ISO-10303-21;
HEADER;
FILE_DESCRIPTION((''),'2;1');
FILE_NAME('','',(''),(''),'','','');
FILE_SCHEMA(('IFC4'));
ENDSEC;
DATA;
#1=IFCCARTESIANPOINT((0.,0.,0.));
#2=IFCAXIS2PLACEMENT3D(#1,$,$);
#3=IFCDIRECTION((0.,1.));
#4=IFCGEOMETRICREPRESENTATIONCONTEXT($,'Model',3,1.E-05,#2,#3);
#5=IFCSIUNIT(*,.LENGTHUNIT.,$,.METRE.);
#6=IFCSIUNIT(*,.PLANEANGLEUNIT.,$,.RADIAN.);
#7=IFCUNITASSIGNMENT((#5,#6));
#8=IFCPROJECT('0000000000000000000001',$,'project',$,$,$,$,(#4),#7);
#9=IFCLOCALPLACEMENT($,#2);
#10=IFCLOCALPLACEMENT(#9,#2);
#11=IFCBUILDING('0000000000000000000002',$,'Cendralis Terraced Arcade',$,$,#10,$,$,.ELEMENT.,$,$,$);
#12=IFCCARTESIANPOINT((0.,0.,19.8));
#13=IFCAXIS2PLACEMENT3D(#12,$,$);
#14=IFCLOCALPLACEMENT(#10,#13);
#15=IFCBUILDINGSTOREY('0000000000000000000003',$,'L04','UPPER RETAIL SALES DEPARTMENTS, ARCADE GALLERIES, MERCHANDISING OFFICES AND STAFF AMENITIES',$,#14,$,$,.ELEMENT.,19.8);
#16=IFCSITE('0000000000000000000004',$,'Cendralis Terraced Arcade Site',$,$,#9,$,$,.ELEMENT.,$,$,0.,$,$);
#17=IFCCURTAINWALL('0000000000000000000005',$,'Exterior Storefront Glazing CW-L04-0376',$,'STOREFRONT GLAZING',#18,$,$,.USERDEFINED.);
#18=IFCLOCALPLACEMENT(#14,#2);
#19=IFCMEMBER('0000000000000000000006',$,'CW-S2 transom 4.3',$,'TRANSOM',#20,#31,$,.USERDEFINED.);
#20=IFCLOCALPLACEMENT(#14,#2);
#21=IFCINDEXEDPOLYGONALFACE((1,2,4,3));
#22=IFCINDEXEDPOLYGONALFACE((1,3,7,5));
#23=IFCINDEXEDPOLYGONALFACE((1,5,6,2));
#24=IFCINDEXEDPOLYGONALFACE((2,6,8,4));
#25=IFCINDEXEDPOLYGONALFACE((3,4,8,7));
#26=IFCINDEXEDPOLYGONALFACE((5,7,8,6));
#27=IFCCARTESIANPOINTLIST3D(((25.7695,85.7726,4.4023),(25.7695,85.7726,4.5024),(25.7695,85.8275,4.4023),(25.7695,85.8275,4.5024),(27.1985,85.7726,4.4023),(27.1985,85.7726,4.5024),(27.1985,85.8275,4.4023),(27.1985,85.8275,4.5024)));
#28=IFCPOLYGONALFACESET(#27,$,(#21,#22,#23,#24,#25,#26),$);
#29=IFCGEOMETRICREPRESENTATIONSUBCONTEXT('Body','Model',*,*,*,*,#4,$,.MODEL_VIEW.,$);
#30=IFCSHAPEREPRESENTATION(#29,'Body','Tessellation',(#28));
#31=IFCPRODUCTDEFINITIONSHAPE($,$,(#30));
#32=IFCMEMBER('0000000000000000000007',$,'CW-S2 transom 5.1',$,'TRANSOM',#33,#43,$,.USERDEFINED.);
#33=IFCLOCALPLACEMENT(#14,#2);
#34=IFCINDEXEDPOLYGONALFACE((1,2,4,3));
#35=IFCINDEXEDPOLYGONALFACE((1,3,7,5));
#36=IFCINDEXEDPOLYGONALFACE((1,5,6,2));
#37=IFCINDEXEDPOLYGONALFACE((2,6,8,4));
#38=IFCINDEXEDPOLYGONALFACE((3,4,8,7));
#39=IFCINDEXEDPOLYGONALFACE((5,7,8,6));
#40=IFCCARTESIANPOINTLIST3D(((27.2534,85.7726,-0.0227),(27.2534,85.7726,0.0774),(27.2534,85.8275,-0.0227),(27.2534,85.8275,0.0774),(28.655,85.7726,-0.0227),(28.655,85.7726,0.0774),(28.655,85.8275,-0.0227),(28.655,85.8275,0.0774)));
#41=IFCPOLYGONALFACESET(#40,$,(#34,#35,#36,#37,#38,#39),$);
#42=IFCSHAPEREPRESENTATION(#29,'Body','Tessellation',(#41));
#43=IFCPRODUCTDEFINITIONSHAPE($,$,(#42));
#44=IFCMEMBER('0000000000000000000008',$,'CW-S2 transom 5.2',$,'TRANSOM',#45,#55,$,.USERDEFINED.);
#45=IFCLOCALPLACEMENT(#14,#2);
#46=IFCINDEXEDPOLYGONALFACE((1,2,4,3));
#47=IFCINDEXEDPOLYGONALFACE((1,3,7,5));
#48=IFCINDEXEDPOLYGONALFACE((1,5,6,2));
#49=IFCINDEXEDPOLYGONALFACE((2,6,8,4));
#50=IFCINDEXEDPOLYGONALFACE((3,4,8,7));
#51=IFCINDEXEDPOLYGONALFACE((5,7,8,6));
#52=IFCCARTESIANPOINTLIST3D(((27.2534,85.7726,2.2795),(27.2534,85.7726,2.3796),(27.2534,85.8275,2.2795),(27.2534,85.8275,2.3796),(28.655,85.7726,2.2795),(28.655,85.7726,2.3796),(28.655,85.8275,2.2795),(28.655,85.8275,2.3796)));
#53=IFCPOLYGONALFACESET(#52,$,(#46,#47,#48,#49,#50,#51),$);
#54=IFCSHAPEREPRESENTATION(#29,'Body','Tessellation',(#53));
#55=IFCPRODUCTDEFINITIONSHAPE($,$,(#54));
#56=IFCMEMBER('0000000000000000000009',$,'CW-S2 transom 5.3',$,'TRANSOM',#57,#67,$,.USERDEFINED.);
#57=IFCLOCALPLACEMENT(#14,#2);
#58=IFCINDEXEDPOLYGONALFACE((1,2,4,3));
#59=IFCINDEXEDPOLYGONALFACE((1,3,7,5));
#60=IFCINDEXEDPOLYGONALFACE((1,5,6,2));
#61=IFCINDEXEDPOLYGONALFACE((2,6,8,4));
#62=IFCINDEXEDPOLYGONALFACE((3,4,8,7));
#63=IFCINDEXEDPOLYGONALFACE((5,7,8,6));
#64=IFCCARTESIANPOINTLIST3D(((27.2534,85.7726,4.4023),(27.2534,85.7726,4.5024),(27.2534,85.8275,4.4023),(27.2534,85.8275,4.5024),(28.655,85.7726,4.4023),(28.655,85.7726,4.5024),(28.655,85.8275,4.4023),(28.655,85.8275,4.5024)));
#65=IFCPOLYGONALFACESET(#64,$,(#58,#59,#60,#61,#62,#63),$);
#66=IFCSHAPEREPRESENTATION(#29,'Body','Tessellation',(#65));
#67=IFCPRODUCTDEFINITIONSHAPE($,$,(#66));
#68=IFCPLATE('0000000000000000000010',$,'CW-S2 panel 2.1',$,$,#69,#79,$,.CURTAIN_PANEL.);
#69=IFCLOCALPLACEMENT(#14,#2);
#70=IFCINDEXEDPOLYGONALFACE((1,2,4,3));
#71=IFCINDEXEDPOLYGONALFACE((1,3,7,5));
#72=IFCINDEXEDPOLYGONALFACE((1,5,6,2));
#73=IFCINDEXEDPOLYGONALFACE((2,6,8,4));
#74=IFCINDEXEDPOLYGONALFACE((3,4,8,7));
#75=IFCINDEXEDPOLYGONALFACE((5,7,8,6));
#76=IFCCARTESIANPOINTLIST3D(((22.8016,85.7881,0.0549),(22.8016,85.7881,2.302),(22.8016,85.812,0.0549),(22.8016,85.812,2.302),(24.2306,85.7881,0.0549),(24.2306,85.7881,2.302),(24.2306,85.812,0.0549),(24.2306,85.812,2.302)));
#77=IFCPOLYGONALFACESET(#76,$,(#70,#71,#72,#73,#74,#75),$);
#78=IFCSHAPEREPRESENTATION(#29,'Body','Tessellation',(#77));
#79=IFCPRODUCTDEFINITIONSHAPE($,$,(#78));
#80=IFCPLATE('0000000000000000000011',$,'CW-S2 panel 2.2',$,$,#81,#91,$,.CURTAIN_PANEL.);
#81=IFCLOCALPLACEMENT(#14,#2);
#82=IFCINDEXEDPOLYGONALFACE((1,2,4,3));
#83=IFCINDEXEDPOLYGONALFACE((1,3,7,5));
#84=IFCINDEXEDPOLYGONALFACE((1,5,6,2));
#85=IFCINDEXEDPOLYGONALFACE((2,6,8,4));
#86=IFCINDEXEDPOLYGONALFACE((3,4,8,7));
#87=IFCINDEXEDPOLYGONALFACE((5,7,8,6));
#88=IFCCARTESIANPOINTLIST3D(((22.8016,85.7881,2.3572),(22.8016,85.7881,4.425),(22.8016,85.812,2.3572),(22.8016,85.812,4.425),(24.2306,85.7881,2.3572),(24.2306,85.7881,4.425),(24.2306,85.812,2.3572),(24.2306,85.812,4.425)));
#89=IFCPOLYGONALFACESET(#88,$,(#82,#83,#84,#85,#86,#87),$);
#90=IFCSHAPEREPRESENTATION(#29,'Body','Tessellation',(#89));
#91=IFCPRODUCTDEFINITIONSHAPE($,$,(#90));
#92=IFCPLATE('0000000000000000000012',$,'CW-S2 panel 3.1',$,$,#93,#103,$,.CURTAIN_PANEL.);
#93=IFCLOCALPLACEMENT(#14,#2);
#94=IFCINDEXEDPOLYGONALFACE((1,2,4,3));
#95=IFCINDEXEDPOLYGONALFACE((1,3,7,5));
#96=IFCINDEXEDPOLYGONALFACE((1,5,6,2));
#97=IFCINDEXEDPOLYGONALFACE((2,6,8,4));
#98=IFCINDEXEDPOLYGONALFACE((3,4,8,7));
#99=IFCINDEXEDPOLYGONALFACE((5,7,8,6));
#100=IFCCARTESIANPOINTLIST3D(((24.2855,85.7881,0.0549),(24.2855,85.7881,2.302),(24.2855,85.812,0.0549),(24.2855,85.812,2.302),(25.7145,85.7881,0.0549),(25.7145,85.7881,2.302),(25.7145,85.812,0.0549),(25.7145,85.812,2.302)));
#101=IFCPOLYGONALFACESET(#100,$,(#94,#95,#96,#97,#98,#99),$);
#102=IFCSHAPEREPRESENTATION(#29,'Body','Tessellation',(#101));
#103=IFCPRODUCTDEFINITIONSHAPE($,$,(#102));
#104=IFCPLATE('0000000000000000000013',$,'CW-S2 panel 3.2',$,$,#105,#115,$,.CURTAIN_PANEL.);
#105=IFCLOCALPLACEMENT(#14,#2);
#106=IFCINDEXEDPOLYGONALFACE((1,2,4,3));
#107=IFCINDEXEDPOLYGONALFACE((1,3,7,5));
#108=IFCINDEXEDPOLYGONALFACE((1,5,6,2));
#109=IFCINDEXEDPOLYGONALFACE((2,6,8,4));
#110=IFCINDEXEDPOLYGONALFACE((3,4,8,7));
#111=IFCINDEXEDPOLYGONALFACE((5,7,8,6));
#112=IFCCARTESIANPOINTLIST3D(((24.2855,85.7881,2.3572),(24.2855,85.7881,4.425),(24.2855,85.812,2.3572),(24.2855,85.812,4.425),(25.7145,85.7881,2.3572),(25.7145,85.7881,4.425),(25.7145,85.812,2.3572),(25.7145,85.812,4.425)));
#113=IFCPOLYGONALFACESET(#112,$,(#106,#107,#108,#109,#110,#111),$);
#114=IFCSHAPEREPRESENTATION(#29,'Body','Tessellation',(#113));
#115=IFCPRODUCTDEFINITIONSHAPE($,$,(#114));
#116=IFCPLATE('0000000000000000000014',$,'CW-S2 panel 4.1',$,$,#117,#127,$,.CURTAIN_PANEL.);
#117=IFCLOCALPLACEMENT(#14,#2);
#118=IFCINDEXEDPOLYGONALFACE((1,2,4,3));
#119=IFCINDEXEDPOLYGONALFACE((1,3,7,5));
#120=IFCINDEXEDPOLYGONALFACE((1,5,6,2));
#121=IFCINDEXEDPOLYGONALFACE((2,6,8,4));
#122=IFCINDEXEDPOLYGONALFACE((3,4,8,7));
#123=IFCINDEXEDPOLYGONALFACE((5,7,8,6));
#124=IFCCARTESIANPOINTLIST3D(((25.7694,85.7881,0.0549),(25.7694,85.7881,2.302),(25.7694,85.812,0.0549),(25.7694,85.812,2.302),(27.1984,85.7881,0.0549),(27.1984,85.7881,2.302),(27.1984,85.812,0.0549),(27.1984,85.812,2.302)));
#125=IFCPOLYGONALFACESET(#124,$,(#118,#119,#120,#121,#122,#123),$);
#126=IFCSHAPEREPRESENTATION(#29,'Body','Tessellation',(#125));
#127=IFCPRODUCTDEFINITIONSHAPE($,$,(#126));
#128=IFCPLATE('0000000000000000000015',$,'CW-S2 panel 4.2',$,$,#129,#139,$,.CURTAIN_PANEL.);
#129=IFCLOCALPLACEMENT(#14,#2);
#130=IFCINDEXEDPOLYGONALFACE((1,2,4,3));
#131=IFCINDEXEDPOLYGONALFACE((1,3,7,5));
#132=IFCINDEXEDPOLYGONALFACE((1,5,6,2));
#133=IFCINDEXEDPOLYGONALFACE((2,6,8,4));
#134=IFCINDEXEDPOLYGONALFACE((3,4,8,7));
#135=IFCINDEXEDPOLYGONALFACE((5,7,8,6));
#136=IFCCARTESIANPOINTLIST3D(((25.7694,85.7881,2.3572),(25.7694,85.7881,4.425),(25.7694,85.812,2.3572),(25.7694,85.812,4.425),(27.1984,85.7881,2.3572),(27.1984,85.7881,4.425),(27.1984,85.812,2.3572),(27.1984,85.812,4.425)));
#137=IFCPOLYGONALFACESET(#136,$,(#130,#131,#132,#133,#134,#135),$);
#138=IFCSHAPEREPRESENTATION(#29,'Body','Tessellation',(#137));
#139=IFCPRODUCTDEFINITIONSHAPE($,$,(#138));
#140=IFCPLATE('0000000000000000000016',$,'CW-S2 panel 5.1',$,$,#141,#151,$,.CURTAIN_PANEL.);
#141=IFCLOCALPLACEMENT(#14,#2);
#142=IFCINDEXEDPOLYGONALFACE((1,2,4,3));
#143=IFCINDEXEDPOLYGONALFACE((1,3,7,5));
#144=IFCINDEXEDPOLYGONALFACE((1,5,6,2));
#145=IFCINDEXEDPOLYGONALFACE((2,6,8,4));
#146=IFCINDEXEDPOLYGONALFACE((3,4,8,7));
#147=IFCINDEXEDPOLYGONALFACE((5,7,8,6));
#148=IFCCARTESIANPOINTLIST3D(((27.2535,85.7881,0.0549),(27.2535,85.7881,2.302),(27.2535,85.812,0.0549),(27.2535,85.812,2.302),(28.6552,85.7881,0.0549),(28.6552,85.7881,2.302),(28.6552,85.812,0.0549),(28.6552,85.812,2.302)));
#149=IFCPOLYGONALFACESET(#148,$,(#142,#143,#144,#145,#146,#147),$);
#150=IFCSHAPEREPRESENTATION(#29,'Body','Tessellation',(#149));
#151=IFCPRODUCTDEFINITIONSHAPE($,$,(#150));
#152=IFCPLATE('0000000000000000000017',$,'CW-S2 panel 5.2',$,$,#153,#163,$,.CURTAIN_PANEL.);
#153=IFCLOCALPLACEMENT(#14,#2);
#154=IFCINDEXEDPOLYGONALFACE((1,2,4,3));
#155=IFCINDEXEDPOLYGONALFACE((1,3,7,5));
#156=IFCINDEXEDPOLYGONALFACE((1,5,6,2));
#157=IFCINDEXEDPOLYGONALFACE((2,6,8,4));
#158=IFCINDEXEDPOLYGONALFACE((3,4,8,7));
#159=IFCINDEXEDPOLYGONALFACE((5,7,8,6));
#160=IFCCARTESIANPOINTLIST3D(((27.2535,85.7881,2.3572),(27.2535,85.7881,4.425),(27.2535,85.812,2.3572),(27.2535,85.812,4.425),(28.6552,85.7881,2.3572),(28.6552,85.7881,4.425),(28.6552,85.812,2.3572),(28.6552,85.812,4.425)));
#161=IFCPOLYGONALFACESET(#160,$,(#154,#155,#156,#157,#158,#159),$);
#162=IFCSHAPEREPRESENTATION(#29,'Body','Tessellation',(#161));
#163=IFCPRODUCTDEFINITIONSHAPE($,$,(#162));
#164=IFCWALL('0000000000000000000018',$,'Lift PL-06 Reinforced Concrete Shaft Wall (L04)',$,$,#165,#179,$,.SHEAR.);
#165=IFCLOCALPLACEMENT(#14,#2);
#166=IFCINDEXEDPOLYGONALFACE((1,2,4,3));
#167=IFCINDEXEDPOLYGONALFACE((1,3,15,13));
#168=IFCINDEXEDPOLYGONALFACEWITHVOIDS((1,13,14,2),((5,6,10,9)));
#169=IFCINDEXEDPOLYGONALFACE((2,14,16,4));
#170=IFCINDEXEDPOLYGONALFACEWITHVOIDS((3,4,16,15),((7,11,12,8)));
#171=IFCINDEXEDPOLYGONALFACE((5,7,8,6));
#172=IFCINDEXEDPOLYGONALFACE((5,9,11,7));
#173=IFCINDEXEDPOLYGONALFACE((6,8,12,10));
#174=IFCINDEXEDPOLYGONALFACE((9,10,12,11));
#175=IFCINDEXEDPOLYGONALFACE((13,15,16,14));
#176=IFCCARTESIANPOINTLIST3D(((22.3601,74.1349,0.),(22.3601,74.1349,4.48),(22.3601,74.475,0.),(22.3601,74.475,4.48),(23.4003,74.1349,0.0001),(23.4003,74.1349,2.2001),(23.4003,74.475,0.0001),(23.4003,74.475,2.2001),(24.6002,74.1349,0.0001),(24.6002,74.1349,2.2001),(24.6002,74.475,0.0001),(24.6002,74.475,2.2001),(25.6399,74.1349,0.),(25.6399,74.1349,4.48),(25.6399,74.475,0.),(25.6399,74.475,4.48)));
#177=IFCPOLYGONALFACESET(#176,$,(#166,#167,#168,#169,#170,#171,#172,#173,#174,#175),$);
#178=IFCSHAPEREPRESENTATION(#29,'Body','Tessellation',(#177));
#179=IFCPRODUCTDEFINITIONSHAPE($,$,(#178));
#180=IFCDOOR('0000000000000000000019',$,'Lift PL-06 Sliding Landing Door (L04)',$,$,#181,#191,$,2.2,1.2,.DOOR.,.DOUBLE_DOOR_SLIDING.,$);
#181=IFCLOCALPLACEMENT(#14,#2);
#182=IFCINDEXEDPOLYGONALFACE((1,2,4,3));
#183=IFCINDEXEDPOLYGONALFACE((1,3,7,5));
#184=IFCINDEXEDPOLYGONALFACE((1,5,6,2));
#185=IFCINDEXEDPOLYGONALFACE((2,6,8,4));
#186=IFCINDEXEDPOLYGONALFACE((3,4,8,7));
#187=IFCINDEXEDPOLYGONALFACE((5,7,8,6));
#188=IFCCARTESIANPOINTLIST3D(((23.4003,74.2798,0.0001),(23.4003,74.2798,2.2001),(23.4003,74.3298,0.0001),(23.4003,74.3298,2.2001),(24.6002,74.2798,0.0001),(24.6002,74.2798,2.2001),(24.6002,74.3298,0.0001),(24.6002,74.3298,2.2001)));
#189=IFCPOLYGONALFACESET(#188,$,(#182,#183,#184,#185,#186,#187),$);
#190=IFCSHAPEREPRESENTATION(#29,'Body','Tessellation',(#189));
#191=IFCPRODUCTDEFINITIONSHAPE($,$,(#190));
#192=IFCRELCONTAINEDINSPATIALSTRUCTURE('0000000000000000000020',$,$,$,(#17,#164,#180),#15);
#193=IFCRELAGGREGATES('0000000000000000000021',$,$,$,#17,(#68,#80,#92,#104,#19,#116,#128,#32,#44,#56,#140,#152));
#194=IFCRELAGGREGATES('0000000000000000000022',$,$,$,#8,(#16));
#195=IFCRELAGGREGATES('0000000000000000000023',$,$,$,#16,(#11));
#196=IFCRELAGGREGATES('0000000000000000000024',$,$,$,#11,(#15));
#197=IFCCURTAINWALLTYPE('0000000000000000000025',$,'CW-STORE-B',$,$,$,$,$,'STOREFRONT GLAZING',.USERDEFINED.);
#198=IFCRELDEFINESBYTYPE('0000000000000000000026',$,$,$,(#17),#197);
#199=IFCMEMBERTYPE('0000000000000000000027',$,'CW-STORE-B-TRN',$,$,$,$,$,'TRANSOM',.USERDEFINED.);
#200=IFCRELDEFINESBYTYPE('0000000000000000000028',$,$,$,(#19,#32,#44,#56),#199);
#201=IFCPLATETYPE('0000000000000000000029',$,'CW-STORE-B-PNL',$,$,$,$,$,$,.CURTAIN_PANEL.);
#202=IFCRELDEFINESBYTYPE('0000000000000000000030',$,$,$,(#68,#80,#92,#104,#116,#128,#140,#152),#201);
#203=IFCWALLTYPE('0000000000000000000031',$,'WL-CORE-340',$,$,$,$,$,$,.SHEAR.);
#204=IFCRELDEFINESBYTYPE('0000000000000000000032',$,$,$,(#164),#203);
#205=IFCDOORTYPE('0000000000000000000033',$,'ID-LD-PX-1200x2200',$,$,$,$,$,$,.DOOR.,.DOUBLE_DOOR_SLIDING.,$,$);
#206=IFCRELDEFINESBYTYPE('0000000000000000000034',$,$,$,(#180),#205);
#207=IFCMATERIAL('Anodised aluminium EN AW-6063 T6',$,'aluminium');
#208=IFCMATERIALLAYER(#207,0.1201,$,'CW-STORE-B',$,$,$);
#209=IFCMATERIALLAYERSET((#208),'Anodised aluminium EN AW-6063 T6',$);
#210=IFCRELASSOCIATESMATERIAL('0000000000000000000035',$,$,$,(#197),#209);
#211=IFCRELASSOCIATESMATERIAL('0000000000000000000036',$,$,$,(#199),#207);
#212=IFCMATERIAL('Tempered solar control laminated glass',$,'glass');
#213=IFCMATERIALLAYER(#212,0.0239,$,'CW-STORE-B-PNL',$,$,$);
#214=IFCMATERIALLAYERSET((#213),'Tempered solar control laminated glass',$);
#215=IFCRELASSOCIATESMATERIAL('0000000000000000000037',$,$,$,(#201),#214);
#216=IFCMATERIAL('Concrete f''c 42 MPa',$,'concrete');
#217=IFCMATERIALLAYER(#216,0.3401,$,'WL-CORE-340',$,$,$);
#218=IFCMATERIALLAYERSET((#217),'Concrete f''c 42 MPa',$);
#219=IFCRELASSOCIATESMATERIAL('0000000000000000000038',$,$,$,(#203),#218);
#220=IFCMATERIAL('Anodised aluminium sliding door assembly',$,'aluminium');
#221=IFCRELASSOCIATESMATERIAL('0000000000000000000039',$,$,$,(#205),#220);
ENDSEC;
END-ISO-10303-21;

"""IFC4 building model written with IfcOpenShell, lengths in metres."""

from ifc_helpers import new_model, si_unit, direction, frame, frame_2d, origin, origin_2d, place, context, subcontext, project, spatial, rectangle, extrude, material, layer, layer_set, material_profile, profile_set, type_object, element, fill, aggregate, save


model = new_model("IFC4")

# Units and contexts
model_context = context("Model", 3, precision=1e-05, world=origin(), true_north=direction((0.0, 1.0)))
body_context = subcontext(model_context, "Body", "Model", "MODEL_VIEW")
ifc_project = project(units=[si_unit("LENGTHUNIT", "METRE"), si_unit("PLANEANGLEUNIT", "RADIAN")], contexts=[model_context])

# Site, building, storey
site_placement = place(None, origin())
site = spatial("IfcSite", under=ifc_project, at=site_placement, Name="Cendralis Terraced Arcade Site", CompositionType="ELEMENT", RefElevation=0.0)
building_placement = place(site_placement, origin())
building = spatial("IfcBuilding", under=site, at=building_placement, Name="Cendralis Terraced Arcade", CompositionType="ELEMENT")
storey_placement = place(building_placement, frame((0.0, 0.0, 19.8)))
storey = spatial("IfcBuildingStorey", under=building, at=storey_placement, Name="L04", Description="UPPER RETAIL SALES DEPARTMENTS, ARCADE GALLERIES, MERCHANDISING OFFICES AND STAFF AMENITIES", CompositionType="ELEMENT", Elevation=19.8)

# Shared definitions
ifc_material_1 = material(Name="Concrete f'c 42 MPa", Category="concrete")

# Curtain wall, members, plates
ifc_material_2 = material(Name="Anodised aluminium EN AW-6063 T6", Category="aluminium")
ifc_layer_1 = layer(ifc_material_2, 0.1201, Name="CW-STORE-B")
ifc_layer_set_1 = layer_set([ifc_layer_1], Name="Anodised aluminium EN AW-6063 T6")
curtain_wall_type = type_object("IfcCurtainWallType", Name="CW-STORE-B", ElementType="STOREFRONT GLAZING", PredefinedType="USERDEFINED", material=ifc_layer_set_1)
curtain_wall_placement = place(storey_placement, origin())
curtain_wall = element("IfcCurtainWall", 1, at=curtain_wall_placement, inside=storey, type_object=curtain_wall_type, Name="Exterior Storefront Glazing CW-L04-0376", ObjectType="STOREFRONT GLAZING", PredefinedType="USERDEFINED")
ifc_material_profile_1 = material_profile(ifc_material_2, rectangle(XDim=0.0549, YDim=0.1001, at=origin_2d()), Name="ALU-TRN-55x100")
ifc_profile_set_1 = profile_set([ifc_material_profile_1], Name="Anodised aluminium EN AW-6063 T6")
member_type_1 = type_object("IfcMemberType", Name="CW-STORE-B-TRN", ElementType="TRANSOM", PredefinedType="USERDEFINED", material=ifc_profile_set_1)
member_1_placement = place(storey_placement, frame((25.7695, 85.8, 4.4524), z_axis=(1.0, 0.0, 0.0), x_axis=(0.0, 1.0, 0.0)))
member_1 = element("IfcMember", 2, at=member_1_placement, type_object=member_type_1, Name="CW-S2 transom 4.3", ObjectType="TRANSOM", PredefinedType="USERDEFINED", context=body_context, shape_type="SweptSolid", body=[
    extrude(rectangle(XDim=0.0549, YDim=0.1001, at=origin_2d()), origin(), (0.0, 0.0, 1.0), 1.429),
])
member_2_placement = place(storey_placement, frame((27.2534, 85.8, 0.0273), z_axis=(1.0, 0.0, 0.0), x_axis=(0.0, 1.0, 0.0)))
member_2 = element("IfcMember", 3, at=member_2_placement, type_object=member_type_1, Name="CW-S2 transom 5.1", ObjectType="TRANSOM", PredefinedType="USERDEFINED", context=body_context, shape_type="SweptSolid", body=[
    extrude(rectangle(XDim=0.0549, YDim=0.1001, at=origin_2d()), origin(), (0.0, 0.0, 1.0), 1.4016),
])
member_3_placement = place(storey_placement, frame((27.2534, 85.8, 2.3296), z_axis=(1.0, 0.0, 0.0), x_axis=(0.0, 1.0, 0.0)))
member_3 = element("IfcMember", 4, at=member_3_placement, type_object=member_type_1, Name="CW-S2 transom 5.2", ObjectType="TRANSOM", PredefinedType="USERDEFINED", context=body_context, shape_type="SweptSolid", body=[
    extrude(rectangle(XDim=0.0549, YDim=0.1001, at=origin_2d()), origin(), (0.0, 0.0, 1.0), 1.4016),
])
member_4_placement = place(storey_placement, frame((27.2534, 85.8, 4.4524), z_axis=(1.0, 0.0, 0.0), x_axis=(0.0, 1.0, 0.0)))
member_4 = element("IfcMember", 5, at=member_4_placement, type_object=member_type_1, Name="CW-S2 transom 5.3", ObjectType="TRANSOM", PredefinedType="USERDEFINED", context=body_context, shape_type="SweptSolid", body=[
    extrude(rectangle(XDim=0.0549, YDim=0.1001, at=origin_2d()), origin(), (0.0, 0.0, 1.0), 1.4016),
])
ifc_material_3 = material(Name="Tempered solar control laminated glass", Category="glass")
ifc_layer_2 = layer(ifc_material_3, 0.0239, Name="CW-STORE-B-PNL")
ifc_layer_set_2 = layer_set([ifc_layer_2], Name="Tempered solar control laminated glass")
plate_type = type_object("IfcPlateType", Name="CW-STORE-B-PNL", PredefinedType="CURTAIN_PANEL", material=ifc_layer_set_2)
plate_1_placement = place(storey_placement, frame((23.5161, 85.8, 0.0549), z_axis=(0.0, 0.0, 1.0), x_axis=(1.0, 0.0, 0.0)))
plate_1 = element("IfcPlate", 6, at=plate_1_placement, type_object=plate_type, Name="CW-S2 panel 2.1", PredefinedType="CURTAIN_PANEL", context=body_context, shape_type="SweptSolid", body=[
    extrude(rectangle(XDim=1.429, YDim=0.0239, at=origin_2d()), origin(), (0.0, 0.0, 1.0), 2.2471),
])
plate_2_placement = place(storey_placement, frame((23.5161, 85.8, 2.3572), z_axis=(0.0, 0.0, 1.0), x_axis=(1.0, 0.0, 0.0)))
plate_2 = element("IfcPlate", 7, at=plate_2_placement, type_object=plate_type, Name="CW-S2 panel 2.2", PredefinedType="CURTAIN_PANEL", context=body_context, shape_type="SweptSolid", body=[
    extrude(rectangle(XDim=1.429, YDim=0.0239, at=origin_2d()), origin(), (0.0, 0.0, 1.0), 2.0679),
])
plate_3_placement = place(storey_placement, frame((25.0, 85.8, 0.0549), z_axis=(0.0, 0.0, 1.0), x_axis=(1.0, 0.0, 0.0)))
plate_3 = element("IfcPlate", 8, at=plate_3_placement, type_object=plate_type, Name="CW-S2 panel 3.1", PredefinedType="CURTAIN_PANEL", context=body_context, shape_type="SweptSolid", body=[
    extrude(rectangle(XDim=1.429, YDim=0.0239, at=origin_2d()), origin(), (0.0, 0.0, 1.0), 2.2471),
])
plate_4_placement = place(storey_placement, frame((25.0, 85.8, 2.3572), z_axis=(0.0, 0.0, 1.0), x_axis=(1.0, 0.0, 0.0)))
plate_4 = element("IfcPlate", 9, at=plate_4_placement, type_object=plate_type, Name="CW-S2 panel 3.2", PredefinedType="CURTAIN_PANEL", context=body_context, shape_type="SweptSolid", body=[
    extrude(rectangle(XDim=1.429, YDim=0.0239, at=origin_2d()), origin(), (0.0, 0.0, 1.0), 2.0679),
])
plate_5_placement = place(storey_placement, frame((26.4839, 85.8, 0.0549), z_axis=(0.0, 0.0, 1.0), x_axis=(1.0, 0.0, 0.0)))
plate_5 = element("IfcPlate", 10, at=plate_5_placement, type_object=plate_type, Name="CW-S2 panel 4.1", PredefinedType="CURTAIN_PANEL", context=body_context, shape_type="SweptSolid", body=[
    extrude(rectangle(XDim=1.429, YDim=0.0239, at=origin_2d()), origin(), (0.0, 0.0, 1.0), 2.2471),
])
plate_6_placement = place(storey_placement, frame((26.4839, 85.8, 2.3572), z_axis=(0.0, 0.0, 1.0), x_axis=(1.0, 0.0, 0.0)))
plate_6 = element("IfcPlate", 11, at=plate_6_placement, type_object=plate_type, Name="CW-S2 panel 4.2", PredefinedType="CURTAIN_PANEL", context=body_context, shape_type="SweptSolid", body=[
    extrude(rectangle(XDim=1.429, YDim=0.0239, at=origin_2d()), origin(), (0.0, 0.0, 1.0), 2.0679),
])
plate_7_placement = place(storey_placement, frame((27.9543, 85.8, 0.0549), z_axis=(0.0, 0.0, 1.0), x_axis=(1.0, 0.0, 0.0)))
plate_7 = element("IfcPlate", 12, at=plate_7_placement, type_object=plate_type, Name="CW-S2 panel 5.1", PredefinedType="CURTAIN_PANEL", context=body_context, shape_type="SweptSolid", body=[
    extrude(rectangle(XDim=1.4016, YDim=0.0239, at=origin_2d()), origin(), (0.0, 0.0, 1.0), 2.2471),
])
plate_8_placement = place(storey_placement, frame((27.9543, 85.8, 2.3572), z_axis=(0.0, 0.0, 1.0), x_axis=(1.0, 0.0, 0.0)))
plate_8 = element("IfcPlate", 13, at=plate_8_placement, type_object=plate_type, Name="CW-S2 panel 5.2", PredefinedType="CURTAIN_PANEL", context=body_context, shape_type="SweptSolid", body=[
    extrude(rectangle(XDim=1.4016, YDim=0.0239, at=origin_2d()), origin(), (0.0, 0.0, 1.0), 2.0679),
])
aggregate(curtain_wall, [plate_1, plate_2, plate_3, plate_4, member_1, plate_5, plate_6, member_2, member_3, member_4, plate_7, plate_8])

# Wall, opening, door
ifc_layer_3 = layer(ifc_material_1, 0.3401, Name="WL-CORE-340")
ifc_layer_set_3 = layer_set([ifc_layer_3], Name="Concrete f'c 42 MPa")
wall_type_1 = type_object("IfcWallType", Name="WL-CORE-340", PredefinedType="SHEAR", material=ifc_layer_set_3)
wall_1_placement = place(storey_placement, frame((22.3601, 74.3049, 0.0), z_axis=(0.0, 0.0, 1.0), x_axis=(1.0, 0.0, 0.0)))
wall_1 = element("IfcWall", 14, at=wall_1_placement, inside=storey, type_object=wall_type_1, Name="Lift PL-06 Reinforced Concrete Shaft Wall (L04)", PredefinedType="SHEAR", context=body_context, shape_type="SweptSolid", body=[
    extrude(rectangle(XDim=3.2798, YDim=0.3401, at=frame_2d((1.6399, 0.0))), origin(), (0.0, 0.0, 1.0), 4.48),
])
opening_1_placement = place(wall_1_placement, frame((1.04, 0.0, 0.0)))
opening_1 = element("IfcOpeningElement", 15, at=opening_1_placement, cuts=wall_1, PredefinedType="OPENING", context=body_context, shape_type="SweptSolid", body=[
    extrude(rectangle(XDim=1.2, YDim=2.2, at=frame_2d((0.6001, 1.1001))), frame((0.0, 0.1821, 0.0), z_axis=(0.0, -1.0, 0.0), x_axis=(1.0, 0.0, 0.0)), (0.0, 0.0, 1.0), 0.364),
])
ifc_material_4 = material(Name="Anodised aluminium sliding door assembly", Category="aluminium")
door_type = type_object("IfcDoorType", Name="ID-LD-PX-1200x2200", OperationType="DOUBLE_DOOR_SLIDING", PredefinedType="DOOR", material=ifc_material_4)
door_placement = place(opening_1_placement, origin())
door = element("IfcDoor", 16, at=door_placement, inside=storey, type_object=door_type, Name="Lift PL-06 Sliding Landing Door (L04)", OperationType="DOUBLE_DOOR_SLIDING", OverallHeight=2.2, OverallWidth=1.2, PredefinedType="DOOR", context=body_context, shape_type="SweptSolid", body=[
    extrude(rectangle(XDim=1.2, YDim=2.2, at=frame_2d((0.6001, 1.1001))), frame((0.0, 0.0249, 0.0), z_axis=(0.0, -1.0, 0.0), x_axis=(1.0, 0.0, 0.0)), (0.0, 0.0, 1.0), 0.05),
])
fill(opening_1, door)

save(model, "model.ifc")
